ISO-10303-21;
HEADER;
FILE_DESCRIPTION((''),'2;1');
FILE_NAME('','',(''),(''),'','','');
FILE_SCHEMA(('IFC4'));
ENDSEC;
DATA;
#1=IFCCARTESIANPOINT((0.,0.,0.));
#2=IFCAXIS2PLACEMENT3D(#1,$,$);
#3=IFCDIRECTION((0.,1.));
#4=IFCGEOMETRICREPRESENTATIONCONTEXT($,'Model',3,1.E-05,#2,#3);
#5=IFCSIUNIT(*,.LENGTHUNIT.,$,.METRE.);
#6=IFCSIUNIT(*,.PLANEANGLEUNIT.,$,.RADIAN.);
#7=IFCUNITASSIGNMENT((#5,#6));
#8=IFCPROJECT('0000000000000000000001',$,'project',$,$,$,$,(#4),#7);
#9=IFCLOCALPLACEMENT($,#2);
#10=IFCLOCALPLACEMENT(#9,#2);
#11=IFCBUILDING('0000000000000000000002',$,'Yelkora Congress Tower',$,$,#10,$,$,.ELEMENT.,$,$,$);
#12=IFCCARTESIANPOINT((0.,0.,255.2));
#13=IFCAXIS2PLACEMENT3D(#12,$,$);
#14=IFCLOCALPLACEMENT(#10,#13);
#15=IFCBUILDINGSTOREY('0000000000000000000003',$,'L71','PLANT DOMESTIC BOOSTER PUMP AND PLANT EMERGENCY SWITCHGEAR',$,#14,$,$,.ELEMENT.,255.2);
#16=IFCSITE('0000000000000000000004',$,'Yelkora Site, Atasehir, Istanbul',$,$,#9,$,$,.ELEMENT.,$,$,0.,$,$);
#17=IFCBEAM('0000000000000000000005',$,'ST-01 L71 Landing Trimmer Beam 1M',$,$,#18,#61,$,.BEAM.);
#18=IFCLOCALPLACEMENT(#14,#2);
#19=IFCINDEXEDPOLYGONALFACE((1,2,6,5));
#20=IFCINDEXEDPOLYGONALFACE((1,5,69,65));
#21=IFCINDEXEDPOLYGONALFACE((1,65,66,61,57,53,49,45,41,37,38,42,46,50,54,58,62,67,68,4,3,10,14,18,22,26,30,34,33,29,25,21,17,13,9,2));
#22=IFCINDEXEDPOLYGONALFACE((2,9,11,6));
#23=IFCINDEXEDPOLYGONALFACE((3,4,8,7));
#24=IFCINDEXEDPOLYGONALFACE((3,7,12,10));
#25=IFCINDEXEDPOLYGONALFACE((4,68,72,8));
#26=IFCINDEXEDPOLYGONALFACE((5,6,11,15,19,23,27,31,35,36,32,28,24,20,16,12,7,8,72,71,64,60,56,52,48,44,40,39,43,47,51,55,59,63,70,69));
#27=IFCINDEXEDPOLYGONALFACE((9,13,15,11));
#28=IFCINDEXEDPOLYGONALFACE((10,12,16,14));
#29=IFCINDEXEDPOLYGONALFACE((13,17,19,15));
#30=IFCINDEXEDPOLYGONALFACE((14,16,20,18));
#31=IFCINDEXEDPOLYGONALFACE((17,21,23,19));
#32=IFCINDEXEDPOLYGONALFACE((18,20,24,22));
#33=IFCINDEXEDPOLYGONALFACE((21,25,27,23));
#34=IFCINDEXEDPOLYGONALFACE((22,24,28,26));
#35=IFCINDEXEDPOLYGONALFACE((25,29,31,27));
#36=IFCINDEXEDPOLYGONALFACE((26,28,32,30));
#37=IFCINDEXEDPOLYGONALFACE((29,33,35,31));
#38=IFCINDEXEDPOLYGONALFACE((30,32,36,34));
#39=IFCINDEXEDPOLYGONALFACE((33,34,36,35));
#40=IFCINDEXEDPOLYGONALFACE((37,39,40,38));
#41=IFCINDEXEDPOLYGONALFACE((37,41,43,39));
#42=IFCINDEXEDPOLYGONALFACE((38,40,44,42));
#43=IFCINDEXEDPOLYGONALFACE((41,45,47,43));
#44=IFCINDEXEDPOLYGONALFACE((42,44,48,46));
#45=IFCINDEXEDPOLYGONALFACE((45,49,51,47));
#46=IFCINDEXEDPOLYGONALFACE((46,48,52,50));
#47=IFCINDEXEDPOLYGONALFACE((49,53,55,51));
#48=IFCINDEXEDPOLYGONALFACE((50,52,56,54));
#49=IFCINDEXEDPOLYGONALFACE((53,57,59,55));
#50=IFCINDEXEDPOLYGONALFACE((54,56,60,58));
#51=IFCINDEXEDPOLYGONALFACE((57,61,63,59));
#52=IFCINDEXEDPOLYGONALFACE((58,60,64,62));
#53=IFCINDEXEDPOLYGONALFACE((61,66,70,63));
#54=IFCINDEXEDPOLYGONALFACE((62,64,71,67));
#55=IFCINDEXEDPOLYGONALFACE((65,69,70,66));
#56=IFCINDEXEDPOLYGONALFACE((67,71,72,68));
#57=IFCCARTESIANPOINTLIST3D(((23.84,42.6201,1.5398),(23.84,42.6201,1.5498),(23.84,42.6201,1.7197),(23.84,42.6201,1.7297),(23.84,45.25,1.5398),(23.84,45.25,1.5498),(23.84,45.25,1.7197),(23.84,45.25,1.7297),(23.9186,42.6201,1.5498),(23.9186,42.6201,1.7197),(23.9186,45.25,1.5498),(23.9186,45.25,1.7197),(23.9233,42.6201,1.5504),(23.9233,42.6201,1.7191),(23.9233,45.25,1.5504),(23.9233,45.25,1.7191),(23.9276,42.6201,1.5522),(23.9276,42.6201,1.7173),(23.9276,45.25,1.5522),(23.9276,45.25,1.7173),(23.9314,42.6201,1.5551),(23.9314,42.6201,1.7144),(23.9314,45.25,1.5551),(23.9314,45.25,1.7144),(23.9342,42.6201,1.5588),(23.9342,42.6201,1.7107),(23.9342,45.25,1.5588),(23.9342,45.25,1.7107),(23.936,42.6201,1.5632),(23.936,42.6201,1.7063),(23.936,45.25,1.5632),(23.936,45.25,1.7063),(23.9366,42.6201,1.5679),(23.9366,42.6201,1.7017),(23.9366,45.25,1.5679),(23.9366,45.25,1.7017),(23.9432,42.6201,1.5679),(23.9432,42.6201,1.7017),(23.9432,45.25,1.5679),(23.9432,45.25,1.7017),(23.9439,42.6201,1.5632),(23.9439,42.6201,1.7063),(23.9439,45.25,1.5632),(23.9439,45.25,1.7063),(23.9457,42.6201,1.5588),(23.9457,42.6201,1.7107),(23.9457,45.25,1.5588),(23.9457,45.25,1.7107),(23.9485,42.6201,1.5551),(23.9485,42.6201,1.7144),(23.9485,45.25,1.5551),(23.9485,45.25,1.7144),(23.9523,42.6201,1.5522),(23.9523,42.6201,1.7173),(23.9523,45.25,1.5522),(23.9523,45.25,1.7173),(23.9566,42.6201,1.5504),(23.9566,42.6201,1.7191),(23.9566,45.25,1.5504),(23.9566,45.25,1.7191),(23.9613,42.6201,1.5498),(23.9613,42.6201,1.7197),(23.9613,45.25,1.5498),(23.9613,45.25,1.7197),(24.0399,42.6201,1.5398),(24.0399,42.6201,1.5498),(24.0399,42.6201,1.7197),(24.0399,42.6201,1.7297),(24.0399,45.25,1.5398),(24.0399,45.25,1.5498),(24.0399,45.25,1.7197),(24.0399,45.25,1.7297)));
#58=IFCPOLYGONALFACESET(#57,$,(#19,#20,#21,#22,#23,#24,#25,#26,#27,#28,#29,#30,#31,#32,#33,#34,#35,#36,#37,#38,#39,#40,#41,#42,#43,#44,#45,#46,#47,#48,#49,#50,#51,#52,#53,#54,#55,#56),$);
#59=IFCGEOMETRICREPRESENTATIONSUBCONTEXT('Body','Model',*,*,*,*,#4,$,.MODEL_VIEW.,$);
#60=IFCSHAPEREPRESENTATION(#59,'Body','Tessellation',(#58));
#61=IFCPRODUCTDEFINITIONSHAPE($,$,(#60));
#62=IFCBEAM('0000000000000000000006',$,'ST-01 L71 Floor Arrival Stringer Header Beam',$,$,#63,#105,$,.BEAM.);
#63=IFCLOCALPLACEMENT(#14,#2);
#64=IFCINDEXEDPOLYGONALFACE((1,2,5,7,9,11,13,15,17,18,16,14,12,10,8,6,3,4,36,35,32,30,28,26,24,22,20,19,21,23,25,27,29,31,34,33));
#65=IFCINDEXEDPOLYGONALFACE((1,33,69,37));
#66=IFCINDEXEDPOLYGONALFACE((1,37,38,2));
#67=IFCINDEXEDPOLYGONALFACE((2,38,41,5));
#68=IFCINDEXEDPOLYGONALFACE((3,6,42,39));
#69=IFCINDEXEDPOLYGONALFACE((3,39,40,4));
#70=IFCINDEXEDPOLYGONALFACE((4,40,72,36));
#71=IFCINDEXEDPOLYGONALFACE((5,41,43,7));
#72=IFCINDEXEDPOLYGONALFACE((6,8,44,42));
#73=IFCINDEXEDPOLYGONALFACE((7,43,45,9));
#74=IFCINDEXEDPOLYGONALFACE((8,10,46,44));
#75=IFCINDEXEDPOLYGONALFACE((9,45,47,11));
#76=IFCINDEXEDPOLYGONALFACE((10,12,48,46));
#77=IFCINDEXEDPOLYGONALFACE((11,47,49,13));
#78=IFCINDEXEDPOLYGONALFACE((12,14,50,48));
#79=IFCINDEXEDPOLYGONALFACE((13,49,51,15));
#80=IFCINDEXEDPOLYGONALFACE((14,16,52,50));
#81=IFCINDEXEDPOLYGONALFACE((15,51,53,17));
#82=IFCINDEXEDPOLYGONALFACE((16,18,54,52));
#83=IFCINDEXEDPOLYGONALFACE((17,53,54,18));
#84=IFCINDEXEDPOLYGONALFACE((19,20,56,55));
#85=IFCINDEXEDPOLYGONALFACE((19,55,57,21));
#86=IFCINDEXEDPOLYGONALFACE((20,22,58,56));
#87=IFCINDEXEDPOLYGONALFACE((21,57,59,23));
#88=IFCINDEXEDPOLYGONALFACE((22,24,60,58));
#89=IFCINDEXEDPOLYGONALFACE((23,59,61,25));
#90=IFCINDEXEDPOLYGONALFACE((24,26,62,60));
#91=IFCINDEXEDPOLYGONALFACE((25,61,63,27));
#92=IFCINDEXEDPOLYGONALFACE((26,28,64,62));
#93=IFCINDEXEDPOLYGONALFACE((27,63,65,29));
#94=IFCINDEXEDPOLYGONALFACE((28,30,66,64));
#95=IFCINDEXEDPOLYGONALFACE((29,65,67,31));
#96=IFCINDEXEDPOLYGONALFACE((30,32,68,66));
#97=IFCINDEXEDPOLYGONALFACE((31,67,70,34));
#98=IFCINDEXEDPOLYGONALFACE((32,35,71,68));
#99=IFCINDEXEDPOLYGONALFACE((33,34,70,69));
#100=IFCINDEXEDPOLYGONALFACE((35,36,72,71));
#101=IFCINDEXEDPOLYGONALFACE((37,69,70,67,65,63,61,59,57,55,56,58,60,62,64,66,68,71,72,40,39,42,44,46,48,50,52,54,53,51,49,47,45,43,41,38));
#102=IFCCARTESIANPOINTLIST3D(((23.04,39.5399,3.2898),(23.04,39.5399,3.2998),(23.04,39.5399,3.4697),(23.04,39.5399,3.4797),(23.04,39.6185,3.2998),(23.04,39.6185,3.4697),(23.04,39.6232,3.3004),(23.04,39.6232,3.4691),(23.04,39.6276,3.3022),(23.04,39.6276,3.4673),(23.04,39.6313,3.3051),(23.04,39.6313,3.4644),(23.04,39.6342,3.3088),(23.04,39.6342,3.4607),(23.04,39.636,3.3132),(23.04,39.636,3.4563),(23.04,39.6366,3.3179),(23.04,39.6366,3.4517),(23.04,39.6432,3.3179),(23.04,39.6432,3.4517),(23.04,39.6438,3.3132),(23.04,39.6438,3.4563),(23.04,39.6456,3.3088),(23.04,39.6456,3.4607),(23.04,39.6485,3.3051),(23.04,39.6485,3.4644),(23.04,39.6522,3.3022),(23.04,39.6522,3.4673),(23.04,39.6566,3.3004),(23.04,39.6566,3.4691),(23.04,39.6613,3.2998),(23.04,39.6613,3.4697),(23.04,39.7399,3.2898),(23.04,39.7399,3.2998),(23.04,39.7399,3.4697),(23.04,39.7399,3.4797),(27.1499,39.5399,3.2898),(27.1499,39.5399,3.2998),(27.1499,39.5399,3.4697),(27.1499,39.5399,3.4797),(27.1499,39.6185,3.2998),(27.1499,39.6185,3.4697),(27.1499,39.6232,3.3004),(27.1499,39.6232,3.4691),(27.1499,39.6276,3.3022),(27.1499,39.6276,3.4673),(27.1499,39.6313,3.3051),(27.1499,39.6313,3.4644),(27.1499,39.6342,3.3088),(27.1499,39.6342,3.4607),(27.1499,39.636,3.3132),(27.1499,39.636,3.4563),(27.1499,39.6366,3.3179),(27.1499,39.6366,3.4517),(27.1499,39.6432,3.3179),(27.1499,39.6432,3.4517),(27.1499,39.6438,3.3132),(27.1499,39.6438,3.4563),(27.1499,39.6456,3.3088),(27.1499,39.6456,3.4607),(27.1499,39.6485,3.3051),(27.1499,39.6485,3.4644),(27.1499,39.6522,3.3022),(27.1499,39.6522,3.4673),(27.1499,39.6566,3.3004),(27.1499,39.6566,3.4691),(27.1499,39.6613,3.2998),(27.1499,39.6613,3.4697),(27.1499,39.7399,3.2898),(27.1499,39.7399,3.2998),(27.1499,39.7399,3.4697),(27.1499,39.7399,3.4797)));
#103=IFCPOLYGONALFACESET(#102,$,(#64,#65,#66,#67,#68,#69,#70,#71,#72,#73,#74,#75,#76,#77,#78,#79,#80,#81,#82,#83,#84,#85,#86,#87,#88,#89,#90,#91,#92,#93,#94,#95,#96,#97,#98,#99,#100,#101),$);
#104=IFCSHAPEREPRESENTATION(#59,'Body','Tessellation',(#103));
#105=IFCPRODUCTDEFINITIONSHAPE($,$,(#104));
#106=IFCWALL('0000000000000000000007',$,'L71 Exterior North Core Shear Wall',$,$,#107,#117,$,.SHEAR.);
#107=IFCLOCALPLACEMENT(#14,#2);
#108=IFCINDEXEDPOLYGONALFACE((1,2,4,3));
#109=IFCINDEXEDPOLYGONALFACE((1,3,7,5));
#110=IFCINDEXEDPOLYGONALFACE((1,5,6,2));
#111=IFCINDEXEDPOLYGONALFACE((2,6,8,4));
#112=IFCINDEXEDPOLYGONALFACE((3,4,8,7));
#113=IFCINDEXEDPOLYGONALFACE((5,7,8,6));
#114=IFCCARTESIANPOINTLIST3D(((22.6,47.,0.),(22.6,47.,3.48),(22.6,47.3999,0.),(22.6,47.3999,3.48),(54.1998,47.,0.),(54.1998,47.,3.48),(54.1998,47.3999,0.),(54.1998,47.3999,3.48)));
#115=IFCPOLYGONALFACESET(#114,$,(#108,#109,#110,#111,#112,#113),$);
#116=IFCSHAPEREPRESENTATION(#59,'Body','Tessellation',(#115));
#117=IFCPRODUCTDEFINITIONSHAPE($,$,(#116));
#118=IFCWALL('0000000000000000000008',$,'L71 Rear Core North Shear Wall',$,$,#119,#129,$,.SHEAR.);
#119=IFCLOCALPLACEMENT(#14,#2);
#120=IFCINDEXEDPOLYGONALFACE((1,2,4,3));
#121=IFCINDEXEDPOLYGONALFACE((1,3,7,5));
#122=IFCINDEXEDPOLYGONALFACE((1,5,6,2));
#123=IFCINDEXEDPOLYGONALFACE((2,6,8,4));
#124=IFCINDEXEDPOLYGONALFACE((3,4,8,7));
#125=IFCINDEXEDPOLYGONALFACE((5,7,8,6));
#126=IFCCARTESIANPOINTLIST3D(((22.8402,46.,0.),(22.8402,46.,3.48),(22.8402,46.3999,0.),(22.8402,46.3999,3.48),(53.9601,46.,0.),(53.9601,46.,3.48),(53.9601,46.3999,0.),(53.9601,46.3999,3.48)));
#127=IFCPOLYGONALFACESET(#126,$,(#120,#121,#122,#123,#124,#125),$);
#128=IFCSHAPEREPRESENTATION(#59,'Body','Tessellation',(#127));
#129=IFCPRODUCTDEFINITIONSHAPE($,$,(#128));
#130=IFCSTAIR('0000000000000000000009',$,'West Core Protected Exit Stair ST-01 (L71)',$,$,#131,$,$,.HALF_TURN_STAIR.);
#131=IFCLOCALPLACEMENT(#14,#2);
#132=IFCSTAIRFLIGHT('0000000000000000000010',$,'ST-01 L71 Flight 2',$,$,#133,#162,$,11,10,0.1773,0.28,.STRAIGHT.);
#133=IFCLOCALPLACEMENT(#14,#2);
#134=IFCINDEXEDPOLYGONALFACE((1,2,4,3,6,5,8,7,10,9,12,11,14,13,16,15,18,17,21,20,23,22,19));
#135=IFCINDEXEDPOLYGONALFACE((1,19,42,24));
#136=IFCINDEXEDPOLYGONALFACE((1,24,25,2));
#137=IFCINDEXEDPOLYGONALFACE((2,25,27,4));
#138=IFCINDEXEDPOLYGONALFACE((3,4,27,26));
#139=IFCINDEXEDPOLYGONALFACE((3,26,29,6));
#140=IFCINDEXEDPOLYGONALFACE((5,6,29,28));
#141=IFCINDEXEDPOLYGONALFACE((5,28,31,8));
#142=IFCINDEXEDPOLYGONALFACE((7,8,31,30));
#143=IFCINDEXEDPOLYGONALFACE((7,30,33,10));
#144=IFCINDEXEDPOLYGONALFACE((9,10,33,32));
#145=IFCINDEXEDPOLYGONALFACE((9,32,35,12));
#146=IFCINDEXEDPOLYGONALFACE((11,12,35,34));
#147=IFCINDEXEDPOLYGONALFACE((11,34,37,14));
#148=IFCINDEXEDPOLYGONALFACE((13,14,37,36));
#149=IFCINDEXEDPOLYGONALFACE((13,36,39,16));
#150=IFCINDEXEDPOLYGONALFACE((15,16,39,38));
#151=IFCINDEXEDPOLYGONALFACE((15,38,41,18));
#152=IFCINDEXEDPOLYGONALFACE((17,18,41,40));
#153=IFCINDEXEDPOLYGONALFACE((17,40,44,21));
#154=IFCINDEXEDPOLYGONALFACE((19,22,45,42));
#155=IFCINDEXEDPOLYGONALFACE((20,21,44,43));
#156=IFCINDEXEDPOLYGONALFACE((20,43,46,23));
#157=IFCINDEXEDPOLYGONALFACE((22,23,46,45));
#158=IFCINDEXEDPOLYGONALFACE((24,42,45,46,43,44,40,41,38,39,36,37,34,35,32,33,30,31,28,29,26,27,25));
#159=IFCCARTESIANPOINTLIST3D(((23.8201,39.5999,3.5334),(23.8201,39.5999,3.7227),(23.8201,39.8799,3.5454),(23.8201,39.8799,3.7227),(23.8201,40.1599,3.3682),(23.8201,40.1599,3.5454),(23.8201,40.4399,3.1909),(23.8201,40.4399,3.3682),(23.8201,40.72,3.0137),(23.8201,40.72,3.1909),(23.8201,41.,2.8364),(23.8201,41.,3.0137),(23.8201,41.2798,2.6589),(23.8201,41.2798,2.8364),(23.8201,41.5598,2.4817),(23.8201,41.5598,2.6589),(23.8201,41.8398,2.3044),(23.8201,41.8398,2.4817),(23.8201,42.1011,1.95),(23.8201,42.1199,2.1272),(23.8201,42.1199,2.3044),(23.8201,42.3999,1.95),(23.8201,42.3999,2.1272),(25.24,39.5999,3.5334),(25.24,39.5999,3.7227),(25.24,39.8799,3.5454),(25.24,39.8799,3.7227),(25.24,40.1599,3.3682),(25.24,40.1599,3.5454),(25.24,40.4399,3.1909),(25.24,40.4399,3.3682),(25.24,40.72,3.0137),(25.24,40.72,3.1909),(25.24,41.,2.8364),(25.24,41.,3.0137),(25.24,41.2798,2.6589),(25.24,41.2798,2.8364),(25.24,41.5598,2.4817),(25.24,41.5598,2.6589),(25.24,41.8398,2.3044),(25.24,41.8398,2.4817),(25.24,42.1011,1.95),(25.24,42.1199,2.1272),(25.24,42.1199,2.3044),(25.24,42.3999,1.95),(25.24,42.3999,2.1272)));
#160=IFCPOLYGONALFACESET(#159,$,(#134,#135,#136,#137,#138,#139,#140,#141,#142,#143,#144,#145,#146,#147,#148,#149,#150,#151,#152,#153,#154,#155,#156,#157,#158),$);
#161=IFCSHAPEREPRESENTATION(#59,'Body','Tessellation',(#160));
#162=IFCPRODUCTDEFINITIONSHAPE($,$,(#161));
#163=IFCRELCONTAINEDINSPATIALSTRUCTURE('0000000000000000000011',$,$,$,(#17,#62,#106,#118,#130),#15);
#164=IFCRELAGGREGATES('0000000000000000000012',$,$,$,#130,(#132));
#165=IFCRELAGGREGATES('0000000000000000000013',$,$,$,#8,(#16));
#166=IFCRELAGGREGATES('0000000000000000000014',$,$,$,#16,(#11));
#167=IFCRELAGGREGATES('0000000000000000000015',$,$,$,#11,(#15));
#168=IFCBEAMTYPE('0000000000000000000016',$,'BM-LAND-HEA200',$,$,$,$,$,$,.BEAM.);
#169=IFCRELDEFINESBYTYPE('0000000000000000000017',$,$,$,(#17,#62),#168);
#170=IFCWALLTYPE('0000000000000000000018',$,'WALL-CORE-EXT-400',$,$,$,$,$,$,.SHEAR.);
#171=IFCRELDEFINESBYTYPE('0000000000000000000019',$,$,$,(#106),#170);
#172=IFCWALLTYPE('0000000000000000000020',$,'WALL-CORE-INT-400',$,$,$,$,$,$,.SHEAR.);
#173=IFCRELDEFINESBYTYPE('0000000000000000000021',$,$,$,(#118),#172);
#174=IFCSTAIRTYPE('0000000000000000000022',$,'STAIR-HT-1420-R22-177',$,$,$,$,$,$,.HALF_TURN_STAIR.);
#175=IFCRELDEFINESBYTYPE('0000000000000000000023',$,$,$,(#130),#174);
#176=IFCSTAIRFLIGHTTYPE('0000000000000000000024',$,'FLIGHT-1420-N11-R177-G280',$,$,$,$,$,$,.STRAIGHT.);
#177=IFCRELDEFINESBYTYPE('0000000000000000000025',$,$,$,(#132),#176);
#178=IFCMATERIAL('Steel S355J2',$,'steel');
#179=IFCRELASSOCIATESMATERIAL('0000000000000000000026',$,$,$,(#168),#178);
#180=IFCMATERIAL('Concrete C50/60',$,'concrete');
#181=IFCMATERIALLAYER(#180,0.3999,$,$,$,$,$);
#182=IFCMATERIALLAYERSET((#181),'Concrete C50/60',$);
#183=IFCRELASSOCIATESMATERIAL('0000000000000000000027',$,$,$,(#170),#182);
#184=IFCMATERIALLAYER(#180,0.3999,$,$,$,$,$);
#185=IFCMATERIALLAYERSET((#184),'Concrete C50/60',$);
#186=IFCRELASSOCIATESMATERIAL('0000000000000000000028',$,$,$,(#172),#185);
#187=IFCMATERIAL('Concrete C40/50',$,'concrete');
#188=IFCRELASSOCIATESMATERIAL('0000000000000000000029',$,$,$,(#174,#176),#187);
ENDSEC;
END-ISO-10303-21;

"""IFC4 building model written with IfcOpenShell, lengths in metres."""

from ifc_helpers import new_model, si_unit, direction, frame, frame_2d, origin, origin_2d, place, context, subcontext, project, spatial, polyline, rectangle, i_section, outline, extrude, material, layer, layer_set, material_profile, profile_set, type_object, element, aggregate, save


model = new_model("IFC4")

# Units and contexts
model_context = context("Model", 3, precision=1e-05, world=origin(), true_north=direction((0.0, 1.0)))
body_context = subcontext(model_context, "Body", "Model", "MODEL_VIEW")
ifc_project = project(units=[si_unit("LENGTHUNIT", "METRE"), si_unit("PLANEANGLEUNIT", "RADIAN")], contexts=[model_context])

# Site, building, storey
site_placement = place(None, origin())
site = spatial("IfcSite", under=ifc_project, at=site_placement, Name="Yelkora Site, Atasehir, Istanbul", CompositionType="ELEMENT", RefElevation=0.0)
building_placement = place(site_placement, origin())
building = spatial("IfcBuilding", under=site, at=building_placement, Name="Yelkora Congress Tower", CompositionType="ELEMENT")
storey_placement = place(building_placement, frame((0.0, 0.0, 255.2)))
storey = spatial("IfcBuildingStorey", under=building, at=storey_placement, Name="L71", Description="PLANT DOMESTIC BOOSTER PUMP AND PLANT EMERGENCY SWITCHGEAR", CompositionType="ELEMENT", Elevation=255.2)

# Beams
ifc_material_1 = material(Name="Steel S355J2", Category="steel")
ifc_material_profile_1 = material_profile(ifc_material_1, i_section(OverallWidth=0.2, OverallDepth=0.1899, WebThickness=0.0066, FlangeThickness=0.01, FilletRadius=0.0181, at=origin_2d()), Name="HEA 200")
ifc_profile_set_1 = profile_set([ifc_material_profile_1], Name="Steel S355J2")
beam_type = type_object("IfcBeamType", Name="BM-LAND-HEA200", PredefinedType="BEAM", material=ifc_profile_set_1)
beam_1_placement = place(storey_placement, frame((23.9399, 42.6201, 1.6348), z_axis=(0.0, 1.0, 0.0), x_axis=(-1.0, 0.0, 0.0)))
element("IfcBeam", 1, at=beam_1_placement, inside=storey, type_object=beam_type, Name="ST-01 L71 Landing Trimmer Beam 1M", PredefinedType="BEAM", context=body_context, shape_type="SweptSolid", body=[
    extrude(i_section(OverallWidth=0.2, OverallDepth=0.1899, WebThickness=0.0066, FlangeThickness=0.01, FilletRadius=0.0181, at=origin_2d()), origin(), (0.0, 0.0, 1.0), 2.6299),
])
beam_2_placement = place(storey_placement, frame((23.04, 39.6399, 3.3848), z_axis=(1.0, 0.0, 0.0), x_axis=(0.0, 1.0, 0.0)))
element("IfcBeam", 2, at=beam_2_placement, inside=storey, type_object=beam_type, Name="ST-01 L71 Floor Arrival Stringer Header Beam", PredefinedType="BEAM", context=body_context, shape_type="SweptSolid", body=[
    extrude(i_section(OverallWidth=0.2, OverallDepth=0.1899, WebThickness=0.0066, FlangeThickness=0.01, FilletRadius=0.0181, at=origin_2d()), origin(), (0.0, 0.0, 1.0), 4.1099),
])

# Walls
ifc_material_2 = material(Name="Concrete C50/60", Category="concrete")
ifc_layer_1 = layer(ifc_material_2, 0.3999)
ifc_layer_set_1 = layer_set([ifc_layer_1], Name="Concrete C50/60")
wall_type_1 = type_object("IfcWallType", Name="WALL-CORE-EXT-400", PredefinedType="SHEAR", material=ifc_layer_set_1)
wall_1_placement = place(storey_placement, frame((22.6001, 47.2, 0.0), z_axis=(0.0, 0.0, 1.0), x_axis=(1.0, 0.0, 0.0)))
element("IfcWall", 3, at=wall_1_placement, inside=storey, type_object=wall_type_1, Name="L71 Exterior North Core Shear Wall", PredefinedType="SHEAR", context=body_context, shape_type="SweptSolid", body=[
    extrude(rectangle(XDim=31.5999, YDim=0.3999, at=frame_2d((15.7998, 0.0))), origin(), (0.0, 0.0, 1.0), 3.48),
])
ifc_layer_2 = layer(ifc_material_2, 0.3999)
ifc_layer_set_2 = layer_set([ifc_layer_2], Name="Concrete C50/60")
wall_type_2 = type_object("IfcWallType", Name="WALL-CORE-INT-400", PredefinedType="SHEAR", material=ifc_layer_set_2)
wall_2_placement = place(storey_placement, frame((22.8401, 46.2, 0.0), z_axis=(0.0, 0.0, 1.0), x_axis=(1.0, 0.0, 0.0)))
element("IfcWall", 4, at=wall_2_placement, inside=storey, type_object=wall_type_2, Name="L71 Rear Core North Shear Wall", PredefinedType="SHEAR", context=body_context, shape_type="SweptSolid", body=[
    extrude(rectangle(XDim=31.1199, YDim=0.3999, at=frame_2d((15.5601, 0.0))), origin(), (0.0, 0.0, 1.0), 3.48),
])

# Stair, stair flight
ifc_material_3 = material(Name="Concrete C40/50", Category="concrete")
stair_type = type_object("IfcStairType", Name="STAIR-HT-1420-R22-177", PredefinedType="HALF_TURN_STAIR", material=ifc_material_3)
stair_placement = place(storey_placement, origin())
stair = element("IfcStair", 5, at=stair_placement, inside=storey, type_object=stair_type, Name="West Core Protected Exit Stair ST-01 (L71)", PredefinedType="HALF_TURN_STAIR")
stair_flight_type = type_object("IfcStairFlightType", Name="FLIGHT-1420-N11-R177-G280", PredefinedType="STRAIGHT", material=ifc_material_3)
stair_flight_placement = place(storey_placement, frame((24.53, 42.3999, 1.95), z_axis=(0.0, 0.0, 1.0), x_axis=(0.0, -1.0, 0.0)))
stair_flight = element("IfcStairFlight", 6, at=stair_flight_placement, type_object=stair_flight_type, Name="ST-01 L71 Flight 2", NumberOfRisers=11, NumberOfTreads=10, PredefinedType="STRAIGHT", RiserHeight=0.1773, TreadLength=0.28, context=body_context, shape_type="SweptSolid", body=[
    extrude(outline(polyline([(0.0, 0.0), (0.0, 0.1772), (0.28, 0.1772), (0.28, 0.3545), (0.5601, 0.3545), (0.5601, 0.5317), (0.8401, 0.5317), (0.8401, 0.709), (1.1201, 0.709), (1.1201, 0.8865), (1.3999, 0.8865), (1.3999, 1.0637), (1.6799, 1.0637), (1.6799, 1.241), (1.96, 1.241), (1.96, 1.4182), (2.24, 1.4182), (2.24, 1.5955), (2.52, 1.5955), (2.52, 1.7727), (2.8, 1.7727), (2.8, 1.95), (2.8, 1.5835), (0.2988, 0.0), (0.0, 0.0)])), frame((0.0, 0.71, 0.0), z_axis=(0.0, -1.0, 0.0), x_axis=(1.0, 0.0, 0.0)), (0.0, 0.0, 1.0), 1.4199),
])
aggregate(stair, [stair_flight])

save(model, "model.ifc")
